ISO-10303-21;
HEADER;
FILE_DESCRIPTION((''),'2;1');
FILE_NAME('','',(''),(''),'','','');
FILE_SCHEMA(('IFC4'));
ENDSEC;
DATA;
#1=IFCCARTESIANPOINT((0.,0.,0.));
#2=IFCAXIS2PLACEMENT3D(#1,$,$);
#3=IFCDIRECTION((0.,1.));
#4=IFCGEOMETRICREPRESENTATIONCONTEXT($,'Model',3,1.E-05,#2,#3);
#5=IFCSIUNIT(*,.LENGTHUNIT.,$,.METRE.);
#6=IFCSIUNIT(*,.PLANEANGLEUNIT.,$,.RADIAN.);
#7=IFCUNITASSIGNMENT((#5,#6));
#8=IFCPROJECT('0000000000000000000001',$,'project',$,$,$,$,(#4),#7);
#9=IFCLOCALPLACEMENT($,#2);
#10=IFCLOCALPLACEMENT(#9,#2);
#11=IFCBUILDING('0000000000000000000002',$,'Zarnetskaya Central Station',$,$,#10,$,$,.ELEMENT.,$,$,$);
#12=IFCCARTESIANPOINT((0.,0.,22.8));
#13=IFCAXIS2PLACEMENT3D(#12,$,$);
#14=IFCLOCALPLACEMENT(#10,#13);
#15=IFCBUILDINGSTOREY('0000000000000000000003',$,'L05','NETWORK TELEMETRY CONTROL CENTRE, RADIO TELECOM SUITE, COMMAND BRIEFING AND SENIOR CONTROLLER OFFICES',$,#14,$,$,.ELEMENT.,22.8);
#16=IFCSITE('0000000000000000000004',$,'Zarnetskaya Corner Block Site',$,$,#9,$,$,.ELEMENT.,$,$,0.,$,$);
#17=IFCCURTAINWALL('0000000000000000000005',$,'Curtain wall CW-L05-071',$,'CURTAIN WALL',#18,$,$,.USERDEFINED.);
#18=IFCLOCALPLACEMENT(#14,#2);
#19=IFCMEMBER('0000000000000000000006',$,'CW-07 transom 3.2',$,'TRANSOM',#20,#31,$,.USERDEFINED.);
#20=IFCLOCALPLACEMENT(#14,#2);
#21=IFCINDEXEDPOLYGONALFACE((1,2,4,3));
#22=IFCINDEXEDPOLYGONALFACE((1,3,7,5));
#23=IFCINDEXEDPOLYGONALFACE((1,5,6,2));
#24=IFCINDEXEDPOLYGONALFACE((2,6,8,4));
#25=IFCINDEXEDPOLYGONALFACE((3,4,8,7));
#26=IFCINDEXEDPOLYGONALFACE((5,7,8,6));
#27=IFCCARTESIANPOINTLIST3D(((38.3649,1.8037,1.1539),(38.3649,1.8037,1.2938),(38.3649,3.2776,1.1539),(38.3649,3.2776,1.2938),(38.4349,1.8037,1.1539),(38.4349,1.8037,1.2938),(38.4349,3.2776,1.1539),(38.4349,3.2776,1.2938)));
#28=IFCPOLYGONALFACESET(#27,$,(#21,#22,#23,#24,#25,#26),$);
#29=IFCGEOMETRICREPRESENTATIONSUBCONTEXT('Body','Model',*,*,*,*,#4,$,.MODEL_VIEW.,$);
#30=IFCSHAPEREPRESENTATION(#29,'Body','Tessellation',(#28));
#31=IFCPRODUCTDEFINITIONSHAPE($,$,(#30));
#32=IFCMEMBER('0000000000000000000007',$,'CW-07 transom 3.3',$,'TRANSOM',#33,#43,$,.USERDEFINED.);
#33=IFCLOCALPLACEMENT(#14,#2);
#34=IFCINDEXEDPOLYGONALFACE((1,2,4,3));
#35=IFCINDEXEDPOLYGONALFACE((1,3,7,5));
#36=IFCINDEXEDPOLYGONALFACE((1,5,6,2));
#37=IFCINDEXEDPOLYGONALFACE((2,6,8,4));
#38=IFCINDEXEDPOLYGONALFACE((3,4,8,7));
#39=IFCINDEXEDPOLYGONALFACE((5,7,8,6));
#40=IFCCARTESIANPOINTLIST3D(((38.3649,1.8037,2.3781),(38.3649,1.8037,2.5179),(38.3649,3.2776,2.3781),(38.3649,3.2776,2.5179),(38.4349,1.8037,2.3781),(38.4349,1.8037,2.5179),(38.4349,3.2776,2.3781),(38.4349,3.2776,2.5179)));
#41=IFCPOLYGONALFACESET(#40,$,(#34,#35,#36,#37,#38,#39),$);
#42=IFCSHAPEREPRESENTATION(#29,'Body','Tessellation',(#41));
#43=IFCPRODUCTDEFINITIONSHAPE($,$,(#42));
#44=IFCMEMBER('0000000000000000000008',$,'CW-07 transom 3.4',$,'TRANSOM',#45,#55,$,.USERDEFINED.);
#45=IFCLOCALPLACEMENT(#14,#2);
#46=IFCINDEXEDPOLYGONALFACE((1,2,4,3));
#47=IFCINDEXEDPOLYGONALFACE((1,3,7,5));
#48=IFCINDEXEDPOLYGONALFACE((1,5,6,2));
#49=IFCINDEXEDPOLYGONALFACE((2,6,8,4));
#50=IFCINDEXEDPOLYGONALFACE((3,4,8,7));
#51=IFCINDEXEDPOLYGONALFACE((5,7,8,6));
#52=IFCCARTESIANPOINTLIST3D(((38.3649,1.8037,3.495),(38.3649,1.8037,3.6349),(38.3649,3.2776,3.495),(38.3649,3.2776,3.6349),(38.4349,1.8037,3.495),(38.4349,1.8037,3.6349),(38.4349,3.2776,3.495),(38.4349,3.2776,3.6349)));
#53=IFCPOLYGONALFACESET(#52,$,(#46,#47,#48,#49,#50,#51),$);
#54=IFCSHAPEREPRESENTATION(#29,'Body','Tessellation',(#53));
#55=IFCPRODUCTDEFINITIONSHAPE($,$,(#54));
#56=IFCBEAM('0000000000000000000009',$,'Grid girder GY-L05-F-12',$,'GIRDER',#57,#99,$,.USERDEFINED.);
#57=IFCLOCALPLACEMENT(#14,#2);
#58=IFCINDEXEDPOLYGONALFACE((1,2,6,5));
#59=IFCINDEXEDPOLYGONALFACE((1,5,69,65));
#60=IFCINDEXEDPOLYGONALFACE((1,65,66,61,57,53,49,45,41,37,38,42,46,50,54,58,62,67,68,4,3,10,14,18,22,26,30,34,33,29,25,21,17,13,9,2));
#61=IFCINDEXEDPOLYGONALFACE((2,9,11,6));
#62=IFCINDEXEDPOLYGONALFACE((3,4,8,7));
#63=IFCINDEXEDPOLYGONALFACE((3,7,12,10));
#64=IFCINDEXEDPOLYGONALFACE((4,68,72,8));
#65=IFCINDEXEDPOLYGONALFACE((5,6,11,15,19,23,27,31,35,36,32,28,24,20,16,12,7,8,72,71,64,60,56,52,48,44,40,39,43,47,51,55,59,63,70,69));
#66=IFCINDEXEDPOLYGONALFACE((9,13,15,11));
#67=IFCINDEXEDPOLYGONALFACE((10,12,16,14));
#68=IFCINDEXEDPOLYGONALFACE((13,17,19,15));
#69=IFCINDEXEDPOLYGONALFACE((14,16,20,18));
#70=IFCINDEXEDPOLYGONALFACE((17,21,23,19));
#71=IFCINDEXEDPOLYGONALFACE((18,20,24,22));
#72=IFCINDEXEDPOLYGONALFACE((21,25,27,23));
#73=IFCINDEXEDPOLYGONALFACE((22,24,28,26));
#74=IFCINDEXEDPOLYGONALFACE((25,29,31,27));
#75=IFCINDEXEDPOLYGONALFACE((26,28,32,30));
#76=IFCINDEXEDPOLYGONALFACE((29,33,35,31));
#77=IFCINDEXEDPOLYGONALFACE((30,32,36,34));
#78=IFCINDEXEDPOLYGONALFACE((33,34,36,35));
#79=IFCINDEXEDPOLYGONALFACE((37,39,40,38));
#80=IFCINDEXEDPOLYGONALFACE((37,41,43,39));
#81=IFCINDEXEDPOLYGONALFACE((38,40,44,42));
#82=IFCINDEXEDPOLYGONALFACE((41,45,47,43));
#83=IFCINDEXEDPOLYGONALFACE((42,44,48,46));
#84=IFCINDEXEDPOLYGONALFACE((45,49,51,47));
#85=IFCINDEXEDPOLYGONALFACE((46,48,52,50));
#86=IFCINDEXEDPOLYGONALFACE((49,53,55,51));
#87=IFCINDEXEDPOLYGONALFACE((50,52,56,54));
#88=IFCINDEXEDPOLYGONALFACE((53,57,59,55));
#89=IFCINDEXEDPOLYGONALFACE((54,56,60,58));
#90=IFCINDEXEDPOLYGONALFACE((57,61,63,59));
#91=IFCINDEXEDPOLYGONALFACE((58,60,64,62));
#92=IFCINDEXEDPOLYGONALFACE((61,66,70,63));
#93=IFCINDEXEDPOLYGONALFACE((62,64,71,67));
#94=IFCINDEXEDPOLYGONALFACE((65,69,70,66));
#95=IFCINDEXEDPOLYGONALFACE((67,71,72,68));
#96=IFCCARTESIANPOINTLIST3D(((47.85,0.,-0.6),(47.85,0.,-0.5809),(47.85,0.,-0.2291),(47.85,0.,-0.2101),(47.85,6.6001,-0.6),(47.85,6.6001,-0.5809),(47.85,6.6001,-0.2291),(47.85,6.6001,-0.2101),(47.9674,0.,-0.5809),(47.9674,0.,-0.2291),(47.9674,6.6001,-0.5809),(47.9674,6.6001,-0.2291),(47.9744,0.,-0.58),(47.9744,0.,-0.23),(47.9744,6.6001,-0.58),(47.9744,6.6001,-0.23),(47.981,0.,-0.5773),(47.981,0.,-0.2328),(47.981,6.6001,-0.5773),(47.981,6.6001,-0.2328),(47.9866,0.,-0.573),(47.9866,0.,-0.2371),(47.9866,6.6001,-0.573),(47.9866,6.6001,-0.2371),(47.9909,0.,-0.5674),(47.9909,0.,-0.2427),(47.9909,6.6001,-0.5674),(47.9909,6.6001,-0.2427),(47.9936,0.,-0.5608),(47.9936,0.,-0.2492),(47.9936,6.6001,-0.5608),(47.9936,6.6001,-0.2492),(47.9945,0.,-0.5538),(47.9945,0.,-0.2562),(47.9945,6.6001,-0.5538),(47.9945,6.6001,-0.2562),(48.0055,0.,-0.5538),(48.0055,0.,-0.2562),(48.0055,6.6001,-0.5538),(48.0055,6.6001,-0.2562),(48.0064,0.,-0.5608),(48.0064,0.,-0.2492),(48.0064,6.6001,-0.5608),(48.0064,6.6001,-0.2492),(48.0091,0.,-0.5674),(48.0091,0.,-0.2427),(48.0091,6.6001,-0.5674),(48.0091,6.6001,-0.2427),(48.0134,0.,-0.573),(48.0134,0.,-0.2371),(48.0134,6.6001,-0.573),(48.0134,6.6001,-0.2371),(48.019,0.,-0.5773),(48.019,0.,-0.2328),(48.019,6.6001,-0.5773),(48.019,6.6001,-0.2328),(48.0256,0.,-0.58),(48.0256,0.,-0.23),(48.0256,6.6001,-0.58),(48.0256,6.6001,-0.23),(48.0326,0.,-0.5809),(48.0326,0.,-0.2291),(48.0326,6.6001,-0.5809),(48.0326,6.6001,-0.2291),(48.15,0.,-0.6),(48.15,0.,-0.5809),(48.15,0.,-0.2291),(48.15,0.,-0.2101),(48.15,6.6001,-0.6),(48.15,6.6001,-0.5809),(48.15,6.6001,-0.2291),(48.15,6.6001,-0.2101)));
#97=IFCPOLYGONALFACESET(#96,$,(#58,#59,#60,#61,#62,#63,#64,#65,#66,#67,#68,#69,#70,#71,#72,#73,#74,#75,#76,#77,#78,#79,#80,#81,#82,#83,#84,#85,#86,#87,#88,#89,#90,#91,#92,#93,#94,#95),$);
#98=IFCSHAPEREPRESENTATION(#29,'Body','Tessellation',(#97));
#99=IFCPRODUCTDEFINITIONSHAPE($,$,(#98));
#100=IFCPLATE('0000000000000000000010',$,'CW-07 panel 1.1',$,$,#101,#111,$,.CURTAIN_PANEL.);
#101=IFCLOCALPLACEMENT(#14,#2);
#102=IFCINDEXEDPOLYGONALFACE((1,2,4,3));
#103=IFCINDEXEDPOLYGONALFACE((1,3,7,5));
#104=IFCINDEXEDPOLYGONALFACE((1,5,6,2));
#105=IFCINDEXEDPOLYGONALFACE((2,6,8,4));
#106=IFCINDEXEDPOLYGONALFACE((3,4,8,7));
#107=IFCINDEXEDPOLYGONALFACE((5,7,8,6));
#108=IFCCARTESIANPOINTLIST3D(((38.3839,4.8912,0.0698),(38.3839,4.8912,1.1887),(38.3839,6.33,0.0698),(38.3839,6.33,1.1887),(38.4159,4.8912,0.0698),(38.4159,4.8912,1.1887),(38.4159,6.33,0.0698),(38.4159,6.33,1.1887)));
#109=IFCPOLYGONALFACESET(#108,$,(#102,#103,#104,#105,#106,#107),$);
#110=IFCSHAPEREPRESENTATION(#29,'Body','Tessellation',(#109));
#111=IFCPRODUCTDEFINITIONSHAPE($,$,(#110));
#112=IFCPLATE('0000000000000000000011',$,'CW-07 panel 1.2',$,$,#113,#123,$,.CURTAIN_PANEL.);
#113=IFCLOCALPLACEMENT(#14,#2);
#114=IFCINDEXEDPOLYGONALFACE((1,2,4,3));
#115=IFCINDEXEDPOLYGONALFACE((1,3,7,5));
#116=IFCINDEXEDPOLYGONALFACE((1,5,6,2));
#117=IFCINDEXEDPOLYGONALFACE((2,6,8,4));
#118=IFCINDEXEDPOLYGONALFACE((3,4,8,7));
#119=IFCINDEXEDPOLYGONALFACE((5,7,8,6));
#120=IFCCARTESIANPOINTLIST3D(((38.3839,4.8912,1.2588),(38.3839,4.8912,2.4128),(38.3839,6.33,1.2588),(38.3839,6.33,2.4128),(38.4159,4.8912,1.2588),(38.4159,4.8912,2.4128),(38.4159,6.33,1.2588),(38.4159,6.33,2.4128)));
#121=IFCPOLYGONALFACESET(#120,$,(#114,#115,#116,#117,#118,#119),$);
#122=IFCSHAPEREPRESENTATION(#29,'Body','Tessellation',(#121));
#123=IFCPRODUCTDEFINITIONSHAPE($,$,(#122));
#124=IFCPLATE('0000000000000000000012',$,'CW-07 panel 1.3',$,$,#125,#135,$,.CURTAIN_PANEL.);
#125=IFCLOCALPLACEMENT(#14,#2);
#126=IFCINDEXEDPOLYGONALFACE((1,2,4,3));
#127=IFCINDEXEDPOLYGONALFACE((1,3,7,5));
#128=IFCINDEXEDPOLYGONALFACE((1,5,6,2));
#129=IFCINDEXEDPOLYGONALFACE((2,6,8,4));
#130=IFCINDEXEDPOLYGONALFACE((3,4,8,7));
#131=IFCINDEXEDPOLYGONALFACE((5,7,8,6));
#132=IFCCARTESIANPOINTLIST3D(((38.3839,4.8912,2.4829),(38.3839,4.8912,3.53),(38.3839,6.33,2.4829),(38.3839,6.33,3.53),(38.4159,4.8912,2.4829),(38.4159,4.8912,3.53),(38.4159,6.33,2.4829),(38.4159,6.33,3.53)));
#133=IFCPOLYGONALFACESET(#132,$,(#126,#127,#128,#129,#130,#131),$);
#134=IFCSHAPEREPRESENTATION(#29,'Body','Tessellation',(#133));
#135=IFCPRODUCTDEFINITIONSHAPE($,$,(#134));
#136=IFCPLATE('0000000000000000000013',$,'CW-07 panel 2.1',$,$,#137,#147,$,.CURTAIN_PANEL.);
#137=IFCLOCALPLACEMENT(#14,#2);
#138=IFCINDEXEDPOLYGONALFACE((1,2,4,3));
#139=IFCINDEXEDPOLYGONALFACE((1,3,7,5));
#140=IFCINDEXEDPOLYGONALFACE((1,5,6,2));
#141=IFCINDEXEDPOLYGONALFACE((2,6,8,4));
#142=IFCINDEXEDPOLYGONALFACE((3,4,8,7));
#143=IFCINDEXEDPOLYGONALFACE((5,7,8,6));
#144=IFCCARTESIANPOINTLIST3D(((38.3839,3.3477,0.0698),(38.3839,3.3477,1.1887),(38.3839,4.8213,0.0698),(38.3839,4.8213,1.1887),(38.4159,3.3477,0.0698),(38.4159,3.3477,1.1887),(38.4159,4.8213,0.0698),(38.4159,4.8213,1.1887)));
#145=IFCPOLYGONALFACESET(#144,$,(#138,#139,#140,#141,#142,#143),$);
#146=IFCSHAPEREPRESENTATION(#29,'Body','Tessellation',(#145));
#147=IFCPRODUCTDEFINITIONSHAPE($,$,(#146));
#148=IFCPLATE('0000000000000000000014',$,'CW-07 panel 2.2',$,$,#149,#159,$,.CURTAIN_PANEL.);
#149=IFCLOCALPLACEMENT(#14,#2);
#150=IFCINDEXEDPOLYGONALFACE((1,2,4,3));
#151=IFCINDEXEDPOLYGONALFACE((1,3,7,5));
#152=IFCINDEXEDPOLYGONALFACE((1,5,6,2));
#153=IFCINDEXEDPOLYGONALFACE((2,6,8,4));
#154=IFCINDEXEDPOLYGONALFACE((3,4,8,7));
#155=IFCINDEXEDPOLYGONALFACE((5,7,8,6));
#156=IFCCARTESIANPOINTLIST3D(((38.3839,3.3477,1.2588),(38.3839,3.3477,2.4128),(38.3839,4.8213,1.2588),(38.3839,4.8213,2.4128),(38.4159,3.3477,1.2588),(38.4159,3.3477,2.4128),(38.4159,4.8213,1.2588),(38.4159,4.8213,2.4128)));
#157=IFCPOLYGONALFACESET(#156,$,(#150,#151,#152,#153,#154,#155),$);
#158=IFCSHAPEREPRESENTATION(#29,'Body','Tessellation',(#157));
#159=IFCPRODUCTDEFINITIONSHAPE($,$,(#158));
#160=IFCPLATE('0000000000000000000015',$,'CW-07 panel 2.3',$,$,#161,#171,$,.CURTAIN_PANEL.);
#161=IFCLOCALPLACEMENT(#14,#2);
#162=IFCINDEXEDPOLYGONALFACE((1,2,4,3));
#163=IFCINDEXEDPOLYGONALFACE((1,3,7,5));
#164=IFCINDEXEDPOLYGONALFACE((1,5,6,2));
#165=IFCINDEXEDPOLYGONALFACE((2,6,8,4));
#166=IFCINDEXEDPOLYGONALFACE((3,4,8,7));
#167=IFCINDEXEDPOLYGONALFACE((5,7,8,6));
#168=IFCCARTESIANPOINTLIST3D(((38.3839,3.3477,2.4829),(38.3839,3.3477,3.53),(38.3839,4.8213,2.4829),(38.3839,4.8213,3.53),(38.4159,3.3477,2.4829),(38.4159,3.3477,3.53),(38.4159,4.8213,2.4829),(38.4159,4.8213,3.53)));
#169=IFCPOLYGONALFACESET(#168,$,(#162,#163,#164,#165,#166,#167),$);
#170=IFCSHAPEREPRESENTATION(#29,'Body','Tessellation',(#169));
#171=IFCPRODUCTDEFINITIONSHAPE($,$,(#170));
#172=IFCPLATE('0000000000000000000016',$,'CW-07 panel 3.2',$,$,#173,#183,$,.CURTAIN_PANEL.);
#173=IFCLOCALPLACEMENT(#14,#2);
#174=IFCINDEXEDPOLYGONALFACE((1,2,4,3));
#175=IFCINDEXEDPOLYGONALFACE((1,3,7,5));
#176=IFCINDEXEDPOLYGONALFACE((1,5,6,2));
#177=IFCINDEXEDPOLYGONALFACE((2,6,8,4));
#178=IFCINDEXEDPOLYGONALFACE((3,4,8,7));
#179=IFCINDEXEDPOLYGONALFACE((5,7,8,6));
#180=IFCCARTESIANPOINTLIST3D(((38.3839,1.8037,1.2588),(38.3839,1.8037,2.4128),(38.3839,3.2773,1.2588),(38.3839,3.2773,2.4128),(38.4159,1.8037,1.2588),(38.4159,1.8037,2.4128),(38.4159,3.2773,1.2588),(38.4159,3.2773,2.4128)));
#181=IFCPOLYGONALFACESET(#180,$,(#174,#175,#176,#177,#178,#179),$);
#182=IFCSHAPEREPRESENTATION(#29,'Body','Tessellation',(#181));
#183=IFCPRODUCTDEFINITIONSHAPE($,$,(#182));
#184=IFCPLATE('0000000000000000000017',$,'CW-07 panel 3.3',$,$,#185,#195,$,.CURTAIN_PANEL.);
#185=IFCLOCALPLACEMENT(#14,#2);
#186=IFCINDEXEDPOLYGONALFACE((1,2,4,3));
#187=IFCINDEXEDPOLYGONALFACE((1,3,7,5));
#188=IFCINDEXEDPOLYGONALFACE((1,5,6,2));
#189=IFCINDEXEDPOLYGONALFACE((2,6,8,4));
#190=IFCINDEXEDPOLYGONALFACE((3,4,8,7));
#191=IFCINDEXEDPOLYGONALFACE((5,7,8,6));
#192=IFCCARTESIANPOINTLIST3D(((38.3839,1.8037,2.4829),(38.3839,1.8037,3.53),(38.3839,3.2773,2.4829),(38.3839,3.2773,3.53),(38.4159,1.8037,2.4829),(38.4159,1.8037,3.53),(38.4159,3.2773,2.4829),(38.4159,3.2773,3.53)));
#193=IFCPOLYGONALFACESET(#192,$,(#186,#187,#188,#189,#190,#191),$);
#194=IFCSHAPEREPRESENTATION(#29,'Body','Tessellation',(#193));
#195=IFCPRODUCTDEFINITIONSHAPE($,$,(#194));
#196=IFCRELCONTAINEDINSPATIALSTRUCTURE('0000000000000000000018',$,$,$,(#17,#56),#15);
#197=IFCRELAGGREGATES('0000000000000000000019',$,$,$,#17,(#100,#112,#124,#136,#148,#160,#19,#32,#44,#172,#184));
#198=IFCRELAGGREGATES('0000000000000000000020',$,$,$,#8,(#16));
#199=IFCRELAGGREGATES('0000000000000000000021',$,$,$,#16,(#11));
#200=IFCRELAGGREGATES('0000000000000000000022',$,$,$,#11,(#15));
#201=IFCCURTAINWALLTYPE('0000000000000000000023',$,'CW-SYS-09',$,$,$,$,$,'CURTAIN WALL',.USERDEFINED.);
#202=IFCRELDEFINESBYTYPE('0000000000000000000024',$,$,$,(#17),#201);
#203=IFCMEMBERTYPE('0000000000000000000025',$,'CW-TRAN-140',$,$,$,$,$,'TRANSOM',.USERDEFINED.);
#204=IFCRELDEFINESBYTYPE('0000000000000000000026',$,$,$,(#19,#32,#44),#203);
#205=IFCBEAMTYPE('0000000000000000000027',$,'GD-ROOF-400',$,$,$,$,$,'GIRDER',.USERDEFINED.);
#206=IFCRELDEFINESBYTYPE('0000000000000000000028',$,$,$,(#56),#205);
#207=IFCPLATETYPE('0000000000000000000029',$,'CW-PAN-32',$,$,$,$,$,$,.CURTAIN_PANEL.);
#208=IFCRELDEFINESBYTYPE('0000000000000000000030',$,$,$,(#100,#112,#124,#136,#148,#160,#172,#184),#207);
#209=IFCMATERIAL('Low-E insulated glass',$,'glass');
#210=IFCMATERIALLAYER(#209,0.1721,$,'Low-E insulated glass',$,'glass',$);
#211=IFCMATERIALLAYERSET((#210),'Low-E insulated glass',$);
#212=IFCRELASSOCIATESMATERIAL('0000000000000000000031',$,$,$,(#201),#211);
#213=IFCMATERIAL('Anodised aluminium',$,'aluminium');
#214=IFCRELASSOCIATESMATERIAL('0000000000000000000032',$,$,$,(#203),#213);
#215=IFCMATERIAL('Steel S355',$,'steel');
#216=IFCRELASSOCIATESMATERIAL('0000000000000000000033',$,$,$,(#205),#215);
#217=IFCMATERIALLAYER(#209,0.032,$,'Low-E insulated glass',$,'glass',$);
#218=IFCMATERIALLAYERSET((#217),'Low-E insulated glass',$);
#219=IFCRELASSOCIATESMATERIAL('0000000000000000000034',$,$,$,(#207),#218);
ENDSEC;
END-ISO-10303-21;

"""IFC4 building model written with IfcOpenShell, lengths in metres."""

from ifc_helpers import new_model, si_unit, direction, frame, origin, origin_2d, place, context, subcontext, project, spatial, rectangle, i_section, extrude, material, layer, layer_set, material_profile, profile_set, type_object, element, aggregate, save


model = new_model("IFC4")

# Units and contexts
model_context = context("Model", 3, precision=1e-05, world=origin(), true_north=direction((0.0, 1.0)))
body_context = subcontext(model_context, "Body", "Model", "MODEL_VIEW")
ifc_project = project(units=[si_unit("LENGTHUNIT", "METRE"), si_unit("PLANEANGLEUNIT", "RADIAN")], contexts=[model_context])

# Site, building, storey
site_placement = place(None, origin())
site = spatial("IfcSite", under=ifc_project, at=site_placement, Name="Zarnetskaya Corner Block Site", CompositionType="ELEMENT", RefElevation=0.0)
building_placement = place(site_placement, origin())
building = spatial("IfcBuilding", under=site, at=building_placement, Name="Zarnetskaya Central Station", CompositionType="ELEMENT")
storey_placement = place(building_placement, frame((0.0, 0.0, 22.8)))
storey = spatial("IfcBuildingStorey", under=building, at=storey_placement, Name="L05", Description="NETWORK TELEMETRY CONTROL CENTRE, RADIO TELECOM SUITE, COMMAND BRIEFING AND SENIOR CONTROLLER OFFICES", CompositionType="ELEMENT", Elevation=22.8)

# Shared definitions
ifc_material_1 = material(Name="Steel S355", Category="steel")

# Curtain wall, members
ifc_material_2 = material(Name="Low-E insulated glass", Category="glass")
ifc_layer_1 = layer(ifc_material_2, 0.1721, Name="Low-E insulated glass", Category="glass")
ifc_layer_set_1 = layer_set([ifc_layer_1], Name="Low-E insulated glass")
curtain_wall_type = type_object("IfcCurtainWallType", Name="CW-SYS-09", ElementType="CURTAIN WALL", PredefinedType="USERDEFINED", material=ifc_layer_set_1)
curtain_wall_placement = place(storey_placement, origin())
curtain_wall = element("IfcCurtainWall", 1, at=curtain_wall_placement, inside=storey, type_object=curtain_wall_type, Name="Curtain wall CW-L05-071", ObjectType="CURTAIN WALL", PredefinedType="USERDEFINED")
ifc_material_3 = material(Name="Anodised aluminium", Category="aluminium")
ifc_material_profile_1 = material_profile(ifc_material_3, rectangle(XDim=0.0701, YDim=0.1399, at=origin_2d()), Name="ALU TRAN 70x140")
ifc_profile_set_1 = profile_set([ifc_material_profile_1], Name="Anodised aluminium")
member_type_1 = type_object("IfcMemberType", Name="CW-TRAN-140", ElementType="TRANSOM", PredefinedType="USERDEFINED", material=ifc_profile_set_1)
member_1_placement = place(storey_placement, frame((38.3999, 3.2776, 1.2239), z_axis=(0.0, -1.0, 0.0), x_axis=(1.0, 0.0, 0.0)))
member_1 = element("IfcMember", 2, at=member_1_placement, type_object=member_type_1, Name="CW-07 transom 3.2", ObjectType="TRANSOM", PredefinedType="USERDEFINED", context=body_context, shape_type="SweptSolid", body=[
    extrude(rectangle(XDim=0.0701, YDim=0.1399, at=origin_2d()), origin(), (0.0, 0.0, 1.0), 1.4739),
])
member_2_placement = place(storey_placement, frame((38.3999, 3.2776, 2.448), z_axis=(0.0, -1.0, 0.0), x_axis=(1.0, 0.0, 0.0)))
member_2 = element("IfcMember", 3, at=member_2_placement, type_object=member_type_1, Name="CW-07 transom 3.3", ObjectType="TRANSOM", PredefinedType="USERDEFINED", context=body_context, shape_type="SweptSolid", body=[
    extrude(rectangle(XDim=0.0701, YDim=0.1399, at=origin_2d()), origin(), (0.0, 0.0, 1.0), 1.4739),
])
member_3_placement = place(storey_placement, frame((38.3999, 3.2776, 3.5649), z_axis=(0.0, -1.0, 0.0), x_axis=(1.0, 0.0, 0.0)))
member_3 = element("IfcMember", 4, at=member_3_placement, type_object=member_type_1, Name="CW-07 transom 3.4", ObjectType="TRANSOM", PredefinedType="USERDEFINED", context=body_context, shape_type="SweptSolid", body=[
    extrude(rectangle(XDim=0.0701, YDim=0.1399, at=origin_2d()), origin(), (0.0, 0.0, 1.0), 1.4739),
])

# Beam
ifc_material_profile_2 = material_profile(ifc_material_1, i_section(OverallWidth=0.3, OverallDepth=0.3899, WebThickness=0.011, FlangeThickness=0.019, FilletRadius=0.0271, at=origin_2d()), Name="HEA 400")
ifc_profile_set_2 = profile_set([ifc_material_profile_2], Name="Steel S355")
beam_type_1 = type_object("IfcBeamType", Name="GD-ROOF-400", ElementType="GIRDER", PredefinedType="USERDEFINED", material=ifc_profile_set_2)
beam_placement = place(storey_placement, frame((48.0, 0.0, -0.405), z_axis=(0.0, 1.0, 0.0), x_axis=(-1.0, 0.0, 0.0)))
element("IfcBeam", 5, at=beam_placement, inside=storey, type_object=beam_type_1, Name="Grid girder GY-L05-F-12", ObjectType="GIRDER", PredefinedType="USERDEFINED", context=body_context, shape_type="SweptSolid", body=[
    extrude(i_section(OverallWidth=0.3, OverallDepth=0.3899, WebThickness=0.011, FlangeThickness=0.019, FilletRadius=0.0271, at=origin_2d()), origin(), (0.0, 0.0, 1.0), 6.6001),
])

# Plates
ifc_layer_2 = layer(ifc_material_2, 0.032, Name="Low-E insulated glass", Category="glass")
ifc_layer_set_2 = layer_set([ifc_layer_2], Name="Low-E insulated glass")
plate_type = type_object("IfcPlateType", Name="CW-PAN-32", PredefinedType="CURTAIN_PANEL", material=ifc_layer_set_2)
plate_1_placement = place(storey_placement, frame((38.3999, 5.6106, 0.0698), z_axis=(0.0, 0.0, 1.0), x_axis=(0.0, -1.0, 0.0)))
plate_1 = element("IfcPlate", 6, at=plate_1_placement, type_object=plate_type, Name="CW-07 panel 1.1", PredefinedType="CURTAIN_PANEL", context=body_context, shape_type="SweptSolid", body=[
    extrude(rectangle(XDim=1.4387, YDim=0.032, at=origin_2d()), origin(), (0.0, 0.0, 1.0), 1.1189),
])
plate_2_placement = place(storey_placement, frame((38.3999, 5.6106, 1.2588), z_axis=(0.0, 0.0, 1.0), x_axis=(0.0, -1.0, 0.0)))
plate_2 = element("IfcPlate", 7, at=plate_2_placement, type_object=plate_type, Name="CW-07 panel 1.2", PredefinedType="CURTAIN_PANEL", context=body_context, shape_type="SweptSolid", body=[
    extrude(rectangle(XDim=1.4387, YDim=0.032, at=origin_2d()), origin(), (0.0, 0.0, 1.0), 1.1541),
])
plate_3_placement = place(storey_placement, frame((38.3999, 5.6106, 2.4829), z_axis=(0.0, 0.0, 1.0), x_axis=(0.0, -1.0, 0.0)))
plate_3 = element("IfcPlate", 8, at=plate_3_placement, type_object=plate_type, Name="CW-07 panel 1.3", PredefinedType="CURTAIN_PANEL", context=body_context, shape_type="SweptSolid", body=[
    extrude(rectangle(XDim=1.4387, YDim=0.032, at=origin_2d()), origin(), (0.0, 0.0, 1.0), 1.0471),
])
plate_4_placement = place(storey_placement, frame((38.3999, 4.0845, 0.0698), z_axis=(0.0, 0.0, 1.0), x_axis=(0.0, -1.0, 0.0)))
plate_4 = element("IfcPlate", 9, at=plate_4_placement, type_object=plate_type, Name="CW-07 panel 2.1", PredefinedType="CURTAIN_PANEL", context=body_context, shape_type="SweptSolid", body=[
    extrude(rectangle(XDim=1.4736, YDim=0.032, at=origin_2d()), origin(), (0.0, 0.0, 1.0), 1.1189),
])
plate_5_placement = place(storey_placement, frame((38.3999, 4.0845, 1.2588), z_axis=(0.0, 0.0, 1.0), x_axis=(0.0, -1.0, 0.0)))
plate_5 = element("IfcPlate", 10, at=plate_5_placement, type_object=plate_type, Name="CW-07 panel 2.2", PredefinedType="CURTAIN_PANEL", context=body_context, shape_type="SweptSolid", body=[
    extrude(rectangle(XDim=1.4736, YDim=0.032, at=origin_2d()), origin(), (0.0, 0.0, 1.0), 1.1541),
])
plate_6_placement = place(storey_placement, frame((38.3999, 4.0845, 2.4829), z_axis=(0.0, 0.0, 1.0), x_axis=(0.0, -1.0, 0.0)))
plate_6 = element("IfcPlate", 11, at=plate_6_placement, type_object=plate_type, Name="CW-07 panel 2.3", PredefinedType="CURTAIN_PANEL", context=body_context, shape_type="SweptSolid", body=[
    extrude(rectangle(XDim=1.4736, YDim=0.032, at=origin_2d()), origin(), (0.0, 0.0, 1.0), 1.0471),
])
plate_7_placement = place(storey_placement, frame((38.3999, 2.5405, 1.2588), z_axis=(0.0, 0.0, 1.0), x_axis=(0.0, -1.0, 0.0)))
plate_7 = element("IfcPlate", 12, at=plate_7_placement, type_object=plate_type, Name="CW-07 panel 3.2", PredefinedType="CURTAIN_PANEL", context=body_context, shape_type="SweptSolid", body=[
    extrude(rectangle(XDim=1.4736, YDim=0.032, at=origin_2d()), origin(), (0.0, 0.0, 1.0), 1.1541),
])
plate_8_placement = place(storey_placement, frame((38.3999, 2.5405, 2.4829), z_axis=(0.0, 0.0, 1.0), x_axis=(0.0, -1.0, 0.0)))
plate_8 = element("IfcPlate", 13, at=plate_8_placement, type_object=plate_type, Name="CW-07 panel 3.3", PredefinedType="CURTAIN_PANEL", context=body_context, shape_type="SweptSolid", body=[
    extrude(rectangle(XDim=1.4736, YDim=0.032, at=origin_2d()), origin(), (0.0, 0.0, 1.0), 1.0471),
])
aggregate(curtain_wall, [plate_1, plate_2, plate_3, plate_4, plate_5, plate_6, member_1, member_2, member_3, plate_7, plate_8])

save(model, "model.ifc")
